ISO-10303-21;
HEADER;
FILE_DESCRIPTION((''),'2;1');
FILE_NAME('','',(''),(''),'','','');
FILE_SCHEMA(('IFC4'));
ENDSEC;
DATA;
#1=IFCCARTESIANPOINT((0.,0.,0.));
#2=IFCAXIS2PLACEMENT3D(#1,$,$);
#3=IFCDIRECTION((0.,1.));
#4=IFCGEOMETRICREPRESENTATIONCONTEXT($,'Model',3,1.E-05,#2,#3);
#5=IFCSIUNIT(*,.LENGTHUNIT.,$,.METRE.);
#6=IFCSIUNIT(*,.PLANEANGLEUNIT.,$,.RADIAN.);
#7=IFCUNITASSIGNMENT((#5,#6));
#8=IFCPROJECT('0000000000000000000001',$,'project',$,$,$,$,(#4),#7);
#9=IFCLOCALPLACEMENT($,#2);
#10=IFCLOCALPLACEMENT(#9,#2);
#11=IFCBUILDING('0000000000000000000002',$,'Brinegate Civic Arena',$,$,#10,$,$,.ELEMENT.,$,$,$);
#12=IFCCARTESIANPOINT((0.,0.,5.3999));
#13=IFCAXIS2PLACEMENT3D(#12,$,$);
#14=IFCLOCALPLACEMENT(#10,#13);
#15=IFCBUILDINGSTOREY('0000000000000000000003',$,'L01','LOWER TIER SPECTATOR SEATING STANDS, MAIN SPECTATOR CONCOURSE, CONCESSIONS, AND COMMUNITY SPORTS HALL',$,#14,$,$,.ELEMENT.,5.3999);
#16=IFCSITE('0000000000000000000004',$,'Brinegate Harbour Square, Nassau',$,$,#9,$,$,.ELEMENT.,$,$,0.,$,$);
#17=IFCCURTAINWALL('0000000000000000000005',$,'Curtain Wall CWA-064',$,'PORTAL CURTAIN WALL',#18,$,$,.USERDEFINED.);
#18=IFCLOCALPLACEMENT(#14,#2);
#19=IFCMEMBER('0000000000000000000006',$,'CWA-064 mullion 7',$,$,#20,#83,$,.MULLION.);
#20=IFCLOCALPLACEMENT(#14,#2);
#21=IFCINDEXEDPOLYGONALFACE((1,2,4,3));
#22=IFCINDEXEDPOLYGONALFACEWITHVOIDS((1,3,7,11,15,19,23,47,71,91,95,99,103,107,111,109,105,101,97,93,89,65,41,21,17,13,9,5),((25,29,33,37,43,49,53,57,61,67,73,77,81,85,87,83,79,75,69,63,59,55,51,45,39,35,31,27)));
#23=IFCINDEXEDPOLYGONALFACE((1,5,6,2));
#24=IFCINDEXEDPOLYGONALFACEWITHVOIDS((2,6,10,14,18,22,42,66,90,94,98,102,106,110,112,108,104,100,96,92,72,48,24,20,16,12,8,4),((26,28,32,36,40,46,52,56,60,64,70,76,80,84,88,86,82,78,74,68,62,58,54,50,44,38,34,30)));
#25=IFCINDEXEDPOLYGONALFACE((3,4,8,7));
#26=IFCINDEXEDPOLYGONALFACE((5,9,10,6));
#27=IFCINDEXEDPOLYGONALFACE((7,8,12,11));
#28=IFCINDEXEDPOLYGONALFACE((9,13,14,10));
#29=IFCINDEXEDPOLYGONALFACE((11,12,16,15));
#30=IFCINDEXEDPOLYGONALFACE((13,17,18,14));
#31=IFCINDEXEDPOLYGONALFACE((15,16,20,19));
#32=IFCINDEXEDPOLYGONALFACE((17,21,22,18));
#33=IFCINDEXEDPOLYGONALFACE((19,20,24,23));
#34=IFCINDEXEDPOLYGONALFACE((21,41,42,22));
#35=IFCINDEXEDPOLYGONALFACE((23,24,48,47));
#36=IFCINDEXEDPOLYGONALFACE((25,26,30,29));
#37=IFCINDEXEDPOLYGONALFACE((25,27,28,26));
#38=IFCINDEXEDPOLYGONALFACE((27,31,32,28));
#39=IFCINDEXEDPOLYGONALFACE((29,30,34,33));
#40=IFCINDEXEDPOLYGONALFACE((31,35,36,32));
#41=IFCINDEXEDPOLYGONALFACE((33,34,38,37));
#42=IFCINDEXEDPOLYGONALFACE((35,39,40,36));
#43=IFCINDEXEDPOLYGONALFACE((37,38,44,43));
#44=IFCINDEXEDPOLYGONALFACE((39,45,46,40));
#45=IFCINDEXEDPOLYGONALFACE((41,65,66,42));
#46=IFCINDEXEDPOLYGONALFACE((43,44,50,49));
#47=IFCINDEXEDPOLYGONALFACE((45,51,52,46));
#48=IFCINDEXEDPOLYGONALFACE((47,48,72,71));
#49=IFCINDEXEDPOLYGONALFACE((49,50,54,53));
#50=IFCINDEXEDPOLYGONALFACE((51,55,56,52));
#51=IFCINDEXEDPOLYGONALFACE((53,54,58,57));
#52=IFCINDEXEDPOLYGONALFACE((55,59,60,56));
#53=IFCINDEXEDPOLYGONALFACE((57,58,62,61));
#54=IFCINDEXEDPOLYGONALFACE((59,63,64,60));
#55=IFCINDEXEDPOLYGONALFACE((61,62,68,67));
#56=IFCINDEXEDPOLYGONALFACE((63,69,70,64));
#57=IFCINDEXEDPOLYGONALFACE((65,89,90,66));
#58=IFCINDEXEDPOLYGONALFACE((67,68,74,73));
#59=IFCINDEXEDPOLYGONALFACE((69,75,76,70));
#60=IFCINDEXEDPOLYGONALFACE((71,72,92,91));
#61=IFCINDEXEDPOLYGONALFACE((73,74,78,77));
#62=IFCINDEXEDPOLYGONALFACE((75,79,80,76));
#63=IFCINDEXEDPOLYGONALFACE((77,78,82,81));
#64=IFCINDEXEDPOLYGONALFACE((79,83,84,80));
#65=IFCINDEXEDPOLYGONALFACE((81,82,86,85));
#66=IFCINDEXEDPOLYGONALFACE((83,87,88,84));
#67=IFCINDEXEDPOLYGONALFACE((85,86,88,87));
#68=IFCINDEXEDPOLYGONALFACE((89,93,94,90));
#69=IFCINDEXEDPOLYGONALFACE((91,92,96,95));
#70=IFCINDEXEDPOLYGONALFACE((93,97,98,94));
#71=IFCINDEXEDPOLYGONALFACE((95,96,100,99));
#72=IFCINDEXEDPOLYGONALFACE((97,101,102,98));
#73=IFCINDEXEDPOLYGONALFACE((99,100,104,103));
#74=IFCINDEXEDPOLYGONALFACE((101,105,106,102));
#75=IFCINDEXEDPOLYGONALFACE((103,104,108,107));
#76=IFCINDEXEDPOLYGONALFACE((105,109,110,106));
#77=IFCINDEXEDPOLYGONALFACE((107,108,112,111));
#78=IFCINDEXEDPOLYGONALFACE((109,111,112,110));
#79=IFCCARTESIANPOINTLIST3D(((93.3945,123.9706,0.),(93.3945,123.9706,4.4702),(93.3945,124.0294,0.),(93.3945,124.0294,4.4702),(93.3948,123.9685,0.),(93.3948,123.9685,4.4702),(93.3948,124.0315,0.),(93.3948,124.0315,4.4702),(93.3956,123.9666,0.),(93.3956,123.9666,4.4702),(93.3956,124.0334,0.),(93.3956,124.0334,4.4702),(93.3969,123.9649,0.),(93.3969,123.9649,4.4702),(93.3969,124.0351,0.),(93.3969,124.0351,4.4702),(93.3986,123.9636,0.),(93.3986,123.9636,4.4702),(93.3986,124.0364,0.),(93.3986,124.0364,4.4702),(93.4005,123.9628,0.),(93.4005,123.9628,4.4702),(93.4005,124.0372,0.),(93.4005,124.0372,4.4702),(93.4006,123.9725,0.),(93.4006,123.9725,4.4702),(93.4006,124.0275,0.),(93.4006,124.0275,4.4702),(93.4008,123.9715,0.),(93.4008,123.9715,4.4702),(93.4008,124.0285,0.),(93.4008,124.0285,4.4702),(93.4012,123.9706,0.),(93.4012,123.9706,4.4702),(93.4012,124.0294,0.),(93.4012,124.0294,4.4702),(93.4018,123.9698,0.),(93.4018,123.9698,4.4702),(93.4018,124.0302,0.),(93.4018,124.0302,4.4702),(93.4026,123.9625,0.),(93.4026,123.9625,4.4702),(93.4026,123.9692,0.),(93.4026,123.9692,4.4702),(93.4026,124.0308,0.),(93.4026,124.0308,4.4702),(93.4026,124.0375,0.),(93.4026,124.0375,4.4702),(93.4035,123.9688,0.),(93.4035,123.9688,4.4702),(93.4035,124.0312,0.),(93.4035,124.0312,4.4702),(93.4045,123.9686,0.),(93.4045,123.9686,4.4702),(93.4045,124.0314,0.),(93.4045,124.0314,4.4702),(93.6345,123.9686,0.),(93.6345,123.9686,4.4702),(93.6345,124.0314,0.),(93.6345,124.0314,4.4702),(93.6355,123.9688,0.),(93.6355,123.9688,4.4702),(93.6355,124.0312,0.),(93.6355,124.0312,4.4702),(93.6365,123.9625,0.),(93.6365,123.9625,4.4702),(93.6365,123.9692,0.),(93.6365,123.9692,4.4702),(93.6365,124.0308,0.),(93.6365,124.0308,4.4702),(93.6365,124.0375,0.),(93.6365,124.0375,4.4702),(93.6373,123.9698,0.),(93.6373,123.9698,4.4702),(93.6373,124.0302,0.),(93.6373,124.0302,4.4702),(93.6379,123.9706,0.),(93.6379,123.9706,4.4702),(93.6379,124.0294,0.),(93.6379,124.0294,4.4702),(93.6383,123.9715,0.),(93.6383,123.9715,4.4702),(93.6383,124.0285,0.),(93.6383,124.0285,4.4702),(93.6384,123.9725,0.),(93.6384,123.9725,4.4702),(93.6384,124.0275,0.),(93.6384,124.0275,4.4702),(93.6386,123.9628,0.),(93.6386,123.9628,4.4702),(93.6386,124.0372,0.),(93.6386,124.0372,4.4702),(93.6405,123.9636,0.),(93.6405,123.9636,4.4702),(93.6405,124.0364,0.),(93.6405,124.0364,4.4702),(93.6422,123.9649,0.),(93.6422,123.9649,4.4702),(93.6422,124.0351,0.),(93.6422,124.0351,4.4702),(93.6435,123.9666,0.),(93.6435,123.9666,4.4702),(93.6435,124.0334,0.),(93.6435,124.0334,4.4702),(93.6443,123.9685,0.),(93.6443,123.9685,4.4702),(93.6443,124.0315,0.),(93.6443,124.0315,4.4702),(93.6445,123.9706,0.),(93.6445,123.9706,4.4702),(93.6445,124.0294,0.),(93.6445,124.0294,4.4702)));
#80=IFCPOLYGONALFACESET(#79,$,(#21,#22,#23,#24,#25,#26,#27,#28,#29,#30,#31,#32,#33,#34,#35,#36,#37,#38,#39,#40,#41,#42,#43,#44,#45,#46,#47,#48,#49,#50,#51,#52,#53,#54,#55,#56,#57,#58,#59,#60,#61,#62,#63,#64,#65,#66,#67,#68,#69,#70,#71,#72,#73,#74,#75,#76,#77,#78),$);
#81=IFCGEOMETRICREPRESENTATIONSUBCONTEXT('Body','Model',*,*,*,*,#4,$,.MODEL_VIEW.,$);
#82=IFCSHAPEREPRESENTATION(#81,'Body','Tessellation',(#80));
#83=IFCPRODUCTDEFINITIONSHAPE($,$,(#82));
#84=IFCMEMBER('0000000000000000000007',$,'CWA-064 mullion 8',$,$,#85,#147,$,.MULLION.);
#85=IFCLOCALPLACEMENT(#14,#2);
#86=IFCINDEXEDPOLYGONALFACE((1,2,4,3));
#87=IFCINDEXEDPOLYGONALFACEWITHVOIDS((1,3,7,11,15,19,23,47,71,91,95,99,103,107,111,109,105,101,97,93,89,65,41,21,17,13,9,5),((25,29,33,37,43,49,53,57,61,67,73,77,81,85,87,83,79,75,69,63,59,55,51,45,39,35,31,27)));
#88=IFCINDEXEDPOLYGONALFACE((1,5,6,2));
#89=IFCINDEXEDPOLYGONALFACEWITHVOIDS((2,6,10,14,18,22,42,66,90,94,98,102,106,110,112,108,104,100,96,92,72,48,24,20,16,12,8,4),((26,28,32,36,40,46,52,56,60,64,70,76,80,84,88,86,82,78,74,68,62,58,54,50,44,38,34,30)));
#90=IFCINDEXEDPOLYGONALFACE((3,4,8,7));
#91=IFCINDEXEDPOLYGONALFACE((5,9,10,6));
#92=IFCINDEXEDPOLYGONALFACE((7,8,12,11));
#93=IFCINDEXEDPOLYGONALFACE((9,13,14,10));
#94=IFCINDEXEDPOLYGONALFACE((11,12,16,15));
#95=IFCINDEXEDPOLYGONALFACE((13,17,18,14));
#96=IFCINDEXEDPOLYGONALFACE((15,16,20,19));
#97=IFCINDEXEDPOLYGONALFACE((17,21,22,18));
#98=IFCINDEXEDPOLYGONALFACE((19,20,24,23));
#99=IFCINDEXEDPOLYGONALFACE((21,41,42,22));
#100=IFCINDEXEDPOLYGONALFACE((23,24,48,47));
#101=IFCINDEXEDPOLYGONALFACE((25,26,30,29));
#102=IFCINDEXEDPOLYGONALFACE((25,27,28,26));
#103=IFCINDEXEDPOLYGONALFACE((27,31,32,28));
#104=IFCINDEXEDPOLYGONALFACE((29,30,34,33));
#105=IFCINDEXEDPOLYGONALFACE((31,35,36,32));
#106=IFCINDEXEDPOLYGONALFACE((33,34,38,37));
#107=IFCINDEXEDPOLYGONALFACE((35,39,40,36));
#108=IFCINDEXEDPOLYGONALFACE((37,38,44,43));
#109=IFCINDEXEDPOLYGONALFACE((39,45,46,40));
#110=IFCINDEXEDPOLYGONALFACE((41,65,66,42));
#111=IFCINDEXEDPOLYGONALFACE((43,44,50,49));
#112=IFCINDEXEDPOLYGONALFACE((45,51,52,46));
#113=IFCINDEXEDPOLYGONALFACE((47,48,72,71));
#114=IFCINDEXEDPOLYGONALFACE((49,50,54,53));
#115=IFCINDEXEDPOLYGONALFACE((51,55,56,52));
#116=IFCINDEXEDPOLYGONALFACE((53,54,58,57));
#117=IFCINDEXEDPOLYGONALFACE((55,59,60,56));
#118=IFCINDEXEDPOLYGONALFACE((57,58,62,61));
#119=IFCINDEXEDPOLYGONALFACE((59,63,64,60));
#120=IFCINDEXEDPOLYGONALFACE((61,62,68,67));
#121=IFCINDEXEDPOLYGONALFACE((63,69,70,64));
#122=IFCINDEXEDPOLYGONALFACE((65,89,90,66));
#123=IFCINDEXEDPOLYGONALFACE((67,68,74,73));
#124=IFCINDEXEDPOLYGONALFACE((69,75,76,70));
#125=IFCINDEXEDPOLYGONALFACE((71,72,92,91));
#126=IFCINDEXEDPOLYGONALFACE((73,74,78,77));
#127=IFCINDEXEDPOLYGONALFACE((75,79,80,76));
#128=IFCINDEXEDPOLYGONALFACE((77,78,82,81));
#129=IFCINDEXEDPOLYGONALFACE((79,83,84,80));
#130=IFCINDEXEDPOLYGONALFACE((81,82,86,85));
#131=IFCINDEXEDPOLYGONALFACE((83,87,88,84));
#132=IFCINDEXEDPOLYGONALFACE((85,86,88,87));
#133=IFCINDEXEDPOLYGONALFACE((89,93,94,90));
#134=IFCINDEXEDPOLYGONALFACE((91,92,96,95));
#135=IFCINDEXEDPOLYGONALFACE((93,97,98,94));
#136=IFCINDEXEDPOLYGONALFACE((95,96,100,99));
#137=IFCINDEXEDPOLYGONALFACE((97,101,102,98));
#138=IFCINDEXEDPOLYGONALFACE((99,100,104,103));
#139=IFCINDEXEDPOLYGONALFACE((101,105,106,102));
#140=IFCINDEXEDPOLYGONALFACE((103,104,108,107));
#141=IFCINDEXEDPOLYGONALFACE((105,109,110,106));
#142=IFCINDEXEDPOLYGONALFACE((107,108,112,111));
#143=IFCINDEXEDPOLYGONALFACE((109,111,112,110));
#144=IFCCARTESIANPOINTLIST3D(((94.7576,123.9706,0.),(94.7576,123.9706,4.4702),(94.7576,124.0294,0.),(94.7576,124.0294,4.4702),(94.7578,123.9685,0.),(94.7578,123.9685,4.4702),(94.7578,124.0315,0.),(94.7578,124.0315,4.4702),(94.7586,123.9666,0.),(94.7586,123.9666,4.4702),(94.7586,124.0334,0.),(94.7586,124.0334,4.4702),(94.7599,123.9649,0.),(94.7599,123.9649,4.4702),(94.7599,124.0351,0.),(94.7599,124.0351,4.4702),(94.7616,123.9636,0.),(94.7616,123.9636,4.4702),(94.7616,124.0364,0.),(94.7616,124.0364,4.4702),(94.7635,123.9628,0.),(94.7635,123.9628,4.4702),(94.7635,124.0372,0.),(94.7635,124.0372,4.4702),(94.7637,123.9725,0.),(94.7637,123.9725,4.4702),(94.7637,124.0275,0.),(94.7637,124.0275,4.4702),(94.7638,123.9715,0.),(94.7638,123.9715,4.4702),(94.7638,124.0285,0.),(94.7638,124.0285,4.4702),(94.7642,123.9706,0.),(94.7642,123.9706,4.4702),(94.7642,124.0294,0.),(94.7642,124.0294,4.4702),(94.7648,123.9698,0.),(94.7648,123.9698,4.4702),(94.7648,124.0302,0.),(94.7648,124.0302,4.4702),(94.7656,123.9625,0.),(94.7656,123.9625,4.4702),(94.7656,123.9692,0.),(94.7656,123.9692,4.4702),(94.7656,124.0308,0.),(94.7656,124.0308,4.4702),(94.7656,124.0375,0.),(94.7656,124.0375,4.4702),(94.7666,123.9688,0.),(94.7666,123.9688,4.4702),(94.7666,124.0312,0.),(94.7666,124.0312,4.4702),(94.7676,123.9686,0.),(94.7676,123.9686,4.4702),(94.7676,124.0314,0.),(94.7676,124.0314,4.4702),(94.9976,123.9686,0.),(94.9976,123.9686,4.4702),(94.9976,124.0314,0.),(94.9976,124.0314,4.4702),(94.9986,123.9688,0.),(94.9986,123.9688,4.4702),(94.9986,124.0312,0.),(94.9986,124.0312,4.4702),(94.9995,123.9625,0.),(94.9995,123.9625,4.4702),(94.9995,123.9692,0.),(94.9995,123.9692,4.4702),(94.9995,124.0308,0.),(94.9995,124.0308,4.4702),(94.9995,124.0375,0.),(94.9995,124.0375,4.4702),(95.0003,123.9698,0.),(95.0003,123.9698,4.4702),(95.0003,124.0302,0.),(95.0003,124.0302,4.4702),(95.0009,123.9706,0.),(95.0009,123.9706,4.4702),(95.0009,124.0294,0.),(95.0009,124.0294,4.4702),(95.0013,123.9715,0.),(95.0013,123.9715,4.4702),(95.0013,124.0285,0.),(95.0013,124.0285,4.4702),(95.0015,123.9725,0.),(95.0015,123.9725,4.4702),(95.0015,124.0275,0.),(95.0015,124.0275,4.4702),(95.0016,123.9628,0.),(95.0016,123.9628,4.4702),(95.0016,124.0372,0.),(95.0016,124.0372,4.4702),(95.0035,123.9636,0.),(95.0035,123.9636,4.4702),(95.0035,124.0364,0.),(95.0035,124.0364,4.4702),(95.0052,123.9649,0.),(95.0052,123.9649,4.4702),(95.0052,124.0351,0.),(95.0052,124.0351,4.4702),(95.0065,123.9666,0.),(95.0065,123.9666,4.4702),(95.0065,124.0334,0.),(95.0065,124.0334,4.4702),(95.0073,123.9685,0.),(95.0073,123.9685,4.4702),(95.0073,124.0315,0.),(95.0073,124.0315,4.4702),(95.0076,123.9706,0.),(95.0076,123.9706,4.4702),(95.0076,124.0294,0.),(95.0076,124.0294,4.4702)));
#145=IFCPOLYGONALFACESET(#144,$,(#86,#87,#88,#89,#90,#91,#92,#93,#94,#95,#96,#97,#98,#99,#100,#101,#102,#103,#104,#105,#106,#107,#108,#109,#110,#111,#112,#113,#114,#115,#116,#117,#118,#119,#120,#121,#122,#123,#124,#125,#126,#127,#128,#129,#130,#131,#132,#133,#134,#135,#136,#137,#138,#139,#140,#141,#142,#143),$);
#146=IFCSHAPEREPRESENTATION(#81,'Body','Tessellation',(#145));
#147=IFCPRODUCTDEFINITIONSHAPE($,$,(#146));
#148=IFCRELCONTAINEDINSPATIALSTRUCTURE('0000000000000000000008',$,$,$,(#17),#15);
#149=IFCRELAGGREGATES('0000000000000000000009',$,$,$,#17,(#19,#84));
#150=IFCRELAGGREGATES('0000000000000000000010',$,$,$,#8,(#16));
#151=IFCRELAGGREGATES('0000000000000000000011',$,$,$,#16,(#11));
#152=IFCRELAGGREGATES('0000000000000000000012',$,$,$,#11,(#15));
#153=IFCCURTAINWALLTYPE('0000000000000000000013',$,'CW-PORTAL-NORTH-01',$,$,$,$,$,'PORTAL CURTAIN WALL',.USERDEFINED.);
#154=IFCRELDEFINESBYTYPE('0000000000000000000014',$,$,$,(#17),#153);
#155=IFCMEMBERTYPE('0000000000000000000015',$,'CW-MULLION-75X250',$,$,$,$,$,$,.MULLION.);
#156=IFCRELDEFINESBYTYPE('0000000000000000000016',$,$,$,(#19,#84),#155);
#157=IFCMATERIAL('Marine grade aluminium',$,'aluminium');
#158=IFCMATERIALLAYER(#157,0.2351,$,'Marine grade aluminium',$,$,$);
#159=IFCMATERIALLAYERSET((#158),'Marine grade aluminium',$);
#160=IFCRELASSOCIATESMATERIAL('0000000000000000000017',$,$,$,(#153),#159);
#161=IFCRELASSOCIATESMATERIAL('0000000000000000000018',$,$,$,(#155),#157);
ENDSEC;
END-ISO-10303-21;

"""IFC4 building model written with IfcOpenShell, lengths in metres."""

from ifc_helpers import new_model, si_unit, direction, frame, origin, origin_2d, place, context, subcontext, project, spatial, hollow_rectangle, extrude, material, layer, layer_set, material_profile, profile_set, type_object, element, aggregate, save


model = new_model("IFC4")

# Units and contexts
model_context = context("Model", 3, precision=1e-05, world=origin(), true_north=direction((0.0, 1.0)))
body_context = subcontext(model_context, "Body", "Model", "MODEL_VIEW")
ifc_project = project(units=[si_unit("LENGTHUNIT", "METRE"), si_unit("PLANEANGLEUNIT", "RADIAN")], contexts=[model_context])

# Site, building, storey
site_placement = place(None, origin())
site = spatial("IfcSite", under=ifc_project, at=site_placement, Name="Brinegate Harbour Square, Nassau", CompositionType="ELEMENT", RefElevation=0.0)
building_placement = place(site_placement, origin())
building = spatial("IfcBuilding", under=site, at=building_placement, Name="Brinegate Civic Arena", CompositionType="ELEMENT")
storey_placement = place(building_placement, frame((0.0, 0.0, 5.3999)))
storey = spatial("IfcBuildingStorey", under=building, at=storey_placement, Name="L01", Description="LOWER TIER SPECTATOR SEATING STANDS, MAIN SPECTATOR CONCOURSE, CONCESSIONS, AND COMMUNITY SPORTS HALL", CompositionType="ELEMENT", Elevation=5.3999)

# Curtain wall, members
ifc_material_1 = material(Name="Marine grade aluminium", Category="aluminium")
ifc_layer_1 = layer(ifc_material_1, 0.2351, Name="Marine grade aluminium")
ifc_layer_set_1 = layer_set([ifc_layer_1], Name="Marine grade aluminium")
curtain_wall_type = type_object("IfcCurtainWallType", Name="CW-PORTAL-NORTH-01", ElementType="PORTAL CURTAIN WALL", PredefinedType="USERDEFINED", material=ifc_layer_set_1)
curtain_wall_placement = place(storey_placement, origin())
curtain_wall = element("IfcCurtainWall", 1, at=curtain_wall_placement, inside=storey, type_object=curtain_wall_type, Name="Curtain Wall CWA-064", ObjectType="PORTAL CURTAIN WALL", PredefinedType="USERDEFINED")
ifc_material_profile_1 = material_profile(ifc_material_1, hollow_rectangle(XDim=0.075, YDim=0.25, WallThickness=0.0061, InnerFilletRadius=0.0039, OuterFilletRadius=0.0081, at=origin_2d()), Name="MUL75X250")
ifc_profile_set_1 = profile_set([ifc_material_profile_1], Name="Marine grade aluminium")
member_type_1 = type_object("IfcMemberType", Name="CW-MULLION-75X250", PredefinedType="MULLION", material=ifc_profile_set_1)
member_1_placement = place(storey_placement, frame((93.5195, 124.0, 0.0), z_axis=(0.0, 0.0, 1.0), x_axis=(0.0, 1.0, 0.0)))
member_1 = element("IfcMember", 2, at=member_1_placement, type_object=member_type_1, Name="CWA-064 mullion 7", PredefinedType="MULLION", context=body_context, shape_type="SweptSolid", body=[
    extrude(hollow_rectangle(XDim=0.075, YDim=0.25, WallThickness=0.0061, InnerFilletRadius=0.0039, OuterFilletRadius=0.0081, at=origin_2d()), origin(), (0.0, 0.0, 1.0), 4.4702),
])
member_2_placement = place(storey_placement, frame((94.8826, 124.0, 0.0), z_axis=(0.0, 0.0, 1.0), x_axis=(0.0, 1.0, 0.0)))
member_2 = element("IfcMember", 3, at=member_2_placement, type_object=member_type_1, Name="CWA-064 mullion 8", PredefinedType="MULLION", context=body_context, shape_type="SweptSolid", body=[
    extrude(hollow_rectangle(XDim=0.075, YDim=0.25, WallThickness=0.0061, InnerFilletRadius=0.0039, OuterFilletRadius=0.0081, at=origin_2d()), origin(), (0.0, 0.0, 1.0), 4.4702),
])

aggregate(curtain_wall, [member_1, member_2])

save(model, "model.ifc")
